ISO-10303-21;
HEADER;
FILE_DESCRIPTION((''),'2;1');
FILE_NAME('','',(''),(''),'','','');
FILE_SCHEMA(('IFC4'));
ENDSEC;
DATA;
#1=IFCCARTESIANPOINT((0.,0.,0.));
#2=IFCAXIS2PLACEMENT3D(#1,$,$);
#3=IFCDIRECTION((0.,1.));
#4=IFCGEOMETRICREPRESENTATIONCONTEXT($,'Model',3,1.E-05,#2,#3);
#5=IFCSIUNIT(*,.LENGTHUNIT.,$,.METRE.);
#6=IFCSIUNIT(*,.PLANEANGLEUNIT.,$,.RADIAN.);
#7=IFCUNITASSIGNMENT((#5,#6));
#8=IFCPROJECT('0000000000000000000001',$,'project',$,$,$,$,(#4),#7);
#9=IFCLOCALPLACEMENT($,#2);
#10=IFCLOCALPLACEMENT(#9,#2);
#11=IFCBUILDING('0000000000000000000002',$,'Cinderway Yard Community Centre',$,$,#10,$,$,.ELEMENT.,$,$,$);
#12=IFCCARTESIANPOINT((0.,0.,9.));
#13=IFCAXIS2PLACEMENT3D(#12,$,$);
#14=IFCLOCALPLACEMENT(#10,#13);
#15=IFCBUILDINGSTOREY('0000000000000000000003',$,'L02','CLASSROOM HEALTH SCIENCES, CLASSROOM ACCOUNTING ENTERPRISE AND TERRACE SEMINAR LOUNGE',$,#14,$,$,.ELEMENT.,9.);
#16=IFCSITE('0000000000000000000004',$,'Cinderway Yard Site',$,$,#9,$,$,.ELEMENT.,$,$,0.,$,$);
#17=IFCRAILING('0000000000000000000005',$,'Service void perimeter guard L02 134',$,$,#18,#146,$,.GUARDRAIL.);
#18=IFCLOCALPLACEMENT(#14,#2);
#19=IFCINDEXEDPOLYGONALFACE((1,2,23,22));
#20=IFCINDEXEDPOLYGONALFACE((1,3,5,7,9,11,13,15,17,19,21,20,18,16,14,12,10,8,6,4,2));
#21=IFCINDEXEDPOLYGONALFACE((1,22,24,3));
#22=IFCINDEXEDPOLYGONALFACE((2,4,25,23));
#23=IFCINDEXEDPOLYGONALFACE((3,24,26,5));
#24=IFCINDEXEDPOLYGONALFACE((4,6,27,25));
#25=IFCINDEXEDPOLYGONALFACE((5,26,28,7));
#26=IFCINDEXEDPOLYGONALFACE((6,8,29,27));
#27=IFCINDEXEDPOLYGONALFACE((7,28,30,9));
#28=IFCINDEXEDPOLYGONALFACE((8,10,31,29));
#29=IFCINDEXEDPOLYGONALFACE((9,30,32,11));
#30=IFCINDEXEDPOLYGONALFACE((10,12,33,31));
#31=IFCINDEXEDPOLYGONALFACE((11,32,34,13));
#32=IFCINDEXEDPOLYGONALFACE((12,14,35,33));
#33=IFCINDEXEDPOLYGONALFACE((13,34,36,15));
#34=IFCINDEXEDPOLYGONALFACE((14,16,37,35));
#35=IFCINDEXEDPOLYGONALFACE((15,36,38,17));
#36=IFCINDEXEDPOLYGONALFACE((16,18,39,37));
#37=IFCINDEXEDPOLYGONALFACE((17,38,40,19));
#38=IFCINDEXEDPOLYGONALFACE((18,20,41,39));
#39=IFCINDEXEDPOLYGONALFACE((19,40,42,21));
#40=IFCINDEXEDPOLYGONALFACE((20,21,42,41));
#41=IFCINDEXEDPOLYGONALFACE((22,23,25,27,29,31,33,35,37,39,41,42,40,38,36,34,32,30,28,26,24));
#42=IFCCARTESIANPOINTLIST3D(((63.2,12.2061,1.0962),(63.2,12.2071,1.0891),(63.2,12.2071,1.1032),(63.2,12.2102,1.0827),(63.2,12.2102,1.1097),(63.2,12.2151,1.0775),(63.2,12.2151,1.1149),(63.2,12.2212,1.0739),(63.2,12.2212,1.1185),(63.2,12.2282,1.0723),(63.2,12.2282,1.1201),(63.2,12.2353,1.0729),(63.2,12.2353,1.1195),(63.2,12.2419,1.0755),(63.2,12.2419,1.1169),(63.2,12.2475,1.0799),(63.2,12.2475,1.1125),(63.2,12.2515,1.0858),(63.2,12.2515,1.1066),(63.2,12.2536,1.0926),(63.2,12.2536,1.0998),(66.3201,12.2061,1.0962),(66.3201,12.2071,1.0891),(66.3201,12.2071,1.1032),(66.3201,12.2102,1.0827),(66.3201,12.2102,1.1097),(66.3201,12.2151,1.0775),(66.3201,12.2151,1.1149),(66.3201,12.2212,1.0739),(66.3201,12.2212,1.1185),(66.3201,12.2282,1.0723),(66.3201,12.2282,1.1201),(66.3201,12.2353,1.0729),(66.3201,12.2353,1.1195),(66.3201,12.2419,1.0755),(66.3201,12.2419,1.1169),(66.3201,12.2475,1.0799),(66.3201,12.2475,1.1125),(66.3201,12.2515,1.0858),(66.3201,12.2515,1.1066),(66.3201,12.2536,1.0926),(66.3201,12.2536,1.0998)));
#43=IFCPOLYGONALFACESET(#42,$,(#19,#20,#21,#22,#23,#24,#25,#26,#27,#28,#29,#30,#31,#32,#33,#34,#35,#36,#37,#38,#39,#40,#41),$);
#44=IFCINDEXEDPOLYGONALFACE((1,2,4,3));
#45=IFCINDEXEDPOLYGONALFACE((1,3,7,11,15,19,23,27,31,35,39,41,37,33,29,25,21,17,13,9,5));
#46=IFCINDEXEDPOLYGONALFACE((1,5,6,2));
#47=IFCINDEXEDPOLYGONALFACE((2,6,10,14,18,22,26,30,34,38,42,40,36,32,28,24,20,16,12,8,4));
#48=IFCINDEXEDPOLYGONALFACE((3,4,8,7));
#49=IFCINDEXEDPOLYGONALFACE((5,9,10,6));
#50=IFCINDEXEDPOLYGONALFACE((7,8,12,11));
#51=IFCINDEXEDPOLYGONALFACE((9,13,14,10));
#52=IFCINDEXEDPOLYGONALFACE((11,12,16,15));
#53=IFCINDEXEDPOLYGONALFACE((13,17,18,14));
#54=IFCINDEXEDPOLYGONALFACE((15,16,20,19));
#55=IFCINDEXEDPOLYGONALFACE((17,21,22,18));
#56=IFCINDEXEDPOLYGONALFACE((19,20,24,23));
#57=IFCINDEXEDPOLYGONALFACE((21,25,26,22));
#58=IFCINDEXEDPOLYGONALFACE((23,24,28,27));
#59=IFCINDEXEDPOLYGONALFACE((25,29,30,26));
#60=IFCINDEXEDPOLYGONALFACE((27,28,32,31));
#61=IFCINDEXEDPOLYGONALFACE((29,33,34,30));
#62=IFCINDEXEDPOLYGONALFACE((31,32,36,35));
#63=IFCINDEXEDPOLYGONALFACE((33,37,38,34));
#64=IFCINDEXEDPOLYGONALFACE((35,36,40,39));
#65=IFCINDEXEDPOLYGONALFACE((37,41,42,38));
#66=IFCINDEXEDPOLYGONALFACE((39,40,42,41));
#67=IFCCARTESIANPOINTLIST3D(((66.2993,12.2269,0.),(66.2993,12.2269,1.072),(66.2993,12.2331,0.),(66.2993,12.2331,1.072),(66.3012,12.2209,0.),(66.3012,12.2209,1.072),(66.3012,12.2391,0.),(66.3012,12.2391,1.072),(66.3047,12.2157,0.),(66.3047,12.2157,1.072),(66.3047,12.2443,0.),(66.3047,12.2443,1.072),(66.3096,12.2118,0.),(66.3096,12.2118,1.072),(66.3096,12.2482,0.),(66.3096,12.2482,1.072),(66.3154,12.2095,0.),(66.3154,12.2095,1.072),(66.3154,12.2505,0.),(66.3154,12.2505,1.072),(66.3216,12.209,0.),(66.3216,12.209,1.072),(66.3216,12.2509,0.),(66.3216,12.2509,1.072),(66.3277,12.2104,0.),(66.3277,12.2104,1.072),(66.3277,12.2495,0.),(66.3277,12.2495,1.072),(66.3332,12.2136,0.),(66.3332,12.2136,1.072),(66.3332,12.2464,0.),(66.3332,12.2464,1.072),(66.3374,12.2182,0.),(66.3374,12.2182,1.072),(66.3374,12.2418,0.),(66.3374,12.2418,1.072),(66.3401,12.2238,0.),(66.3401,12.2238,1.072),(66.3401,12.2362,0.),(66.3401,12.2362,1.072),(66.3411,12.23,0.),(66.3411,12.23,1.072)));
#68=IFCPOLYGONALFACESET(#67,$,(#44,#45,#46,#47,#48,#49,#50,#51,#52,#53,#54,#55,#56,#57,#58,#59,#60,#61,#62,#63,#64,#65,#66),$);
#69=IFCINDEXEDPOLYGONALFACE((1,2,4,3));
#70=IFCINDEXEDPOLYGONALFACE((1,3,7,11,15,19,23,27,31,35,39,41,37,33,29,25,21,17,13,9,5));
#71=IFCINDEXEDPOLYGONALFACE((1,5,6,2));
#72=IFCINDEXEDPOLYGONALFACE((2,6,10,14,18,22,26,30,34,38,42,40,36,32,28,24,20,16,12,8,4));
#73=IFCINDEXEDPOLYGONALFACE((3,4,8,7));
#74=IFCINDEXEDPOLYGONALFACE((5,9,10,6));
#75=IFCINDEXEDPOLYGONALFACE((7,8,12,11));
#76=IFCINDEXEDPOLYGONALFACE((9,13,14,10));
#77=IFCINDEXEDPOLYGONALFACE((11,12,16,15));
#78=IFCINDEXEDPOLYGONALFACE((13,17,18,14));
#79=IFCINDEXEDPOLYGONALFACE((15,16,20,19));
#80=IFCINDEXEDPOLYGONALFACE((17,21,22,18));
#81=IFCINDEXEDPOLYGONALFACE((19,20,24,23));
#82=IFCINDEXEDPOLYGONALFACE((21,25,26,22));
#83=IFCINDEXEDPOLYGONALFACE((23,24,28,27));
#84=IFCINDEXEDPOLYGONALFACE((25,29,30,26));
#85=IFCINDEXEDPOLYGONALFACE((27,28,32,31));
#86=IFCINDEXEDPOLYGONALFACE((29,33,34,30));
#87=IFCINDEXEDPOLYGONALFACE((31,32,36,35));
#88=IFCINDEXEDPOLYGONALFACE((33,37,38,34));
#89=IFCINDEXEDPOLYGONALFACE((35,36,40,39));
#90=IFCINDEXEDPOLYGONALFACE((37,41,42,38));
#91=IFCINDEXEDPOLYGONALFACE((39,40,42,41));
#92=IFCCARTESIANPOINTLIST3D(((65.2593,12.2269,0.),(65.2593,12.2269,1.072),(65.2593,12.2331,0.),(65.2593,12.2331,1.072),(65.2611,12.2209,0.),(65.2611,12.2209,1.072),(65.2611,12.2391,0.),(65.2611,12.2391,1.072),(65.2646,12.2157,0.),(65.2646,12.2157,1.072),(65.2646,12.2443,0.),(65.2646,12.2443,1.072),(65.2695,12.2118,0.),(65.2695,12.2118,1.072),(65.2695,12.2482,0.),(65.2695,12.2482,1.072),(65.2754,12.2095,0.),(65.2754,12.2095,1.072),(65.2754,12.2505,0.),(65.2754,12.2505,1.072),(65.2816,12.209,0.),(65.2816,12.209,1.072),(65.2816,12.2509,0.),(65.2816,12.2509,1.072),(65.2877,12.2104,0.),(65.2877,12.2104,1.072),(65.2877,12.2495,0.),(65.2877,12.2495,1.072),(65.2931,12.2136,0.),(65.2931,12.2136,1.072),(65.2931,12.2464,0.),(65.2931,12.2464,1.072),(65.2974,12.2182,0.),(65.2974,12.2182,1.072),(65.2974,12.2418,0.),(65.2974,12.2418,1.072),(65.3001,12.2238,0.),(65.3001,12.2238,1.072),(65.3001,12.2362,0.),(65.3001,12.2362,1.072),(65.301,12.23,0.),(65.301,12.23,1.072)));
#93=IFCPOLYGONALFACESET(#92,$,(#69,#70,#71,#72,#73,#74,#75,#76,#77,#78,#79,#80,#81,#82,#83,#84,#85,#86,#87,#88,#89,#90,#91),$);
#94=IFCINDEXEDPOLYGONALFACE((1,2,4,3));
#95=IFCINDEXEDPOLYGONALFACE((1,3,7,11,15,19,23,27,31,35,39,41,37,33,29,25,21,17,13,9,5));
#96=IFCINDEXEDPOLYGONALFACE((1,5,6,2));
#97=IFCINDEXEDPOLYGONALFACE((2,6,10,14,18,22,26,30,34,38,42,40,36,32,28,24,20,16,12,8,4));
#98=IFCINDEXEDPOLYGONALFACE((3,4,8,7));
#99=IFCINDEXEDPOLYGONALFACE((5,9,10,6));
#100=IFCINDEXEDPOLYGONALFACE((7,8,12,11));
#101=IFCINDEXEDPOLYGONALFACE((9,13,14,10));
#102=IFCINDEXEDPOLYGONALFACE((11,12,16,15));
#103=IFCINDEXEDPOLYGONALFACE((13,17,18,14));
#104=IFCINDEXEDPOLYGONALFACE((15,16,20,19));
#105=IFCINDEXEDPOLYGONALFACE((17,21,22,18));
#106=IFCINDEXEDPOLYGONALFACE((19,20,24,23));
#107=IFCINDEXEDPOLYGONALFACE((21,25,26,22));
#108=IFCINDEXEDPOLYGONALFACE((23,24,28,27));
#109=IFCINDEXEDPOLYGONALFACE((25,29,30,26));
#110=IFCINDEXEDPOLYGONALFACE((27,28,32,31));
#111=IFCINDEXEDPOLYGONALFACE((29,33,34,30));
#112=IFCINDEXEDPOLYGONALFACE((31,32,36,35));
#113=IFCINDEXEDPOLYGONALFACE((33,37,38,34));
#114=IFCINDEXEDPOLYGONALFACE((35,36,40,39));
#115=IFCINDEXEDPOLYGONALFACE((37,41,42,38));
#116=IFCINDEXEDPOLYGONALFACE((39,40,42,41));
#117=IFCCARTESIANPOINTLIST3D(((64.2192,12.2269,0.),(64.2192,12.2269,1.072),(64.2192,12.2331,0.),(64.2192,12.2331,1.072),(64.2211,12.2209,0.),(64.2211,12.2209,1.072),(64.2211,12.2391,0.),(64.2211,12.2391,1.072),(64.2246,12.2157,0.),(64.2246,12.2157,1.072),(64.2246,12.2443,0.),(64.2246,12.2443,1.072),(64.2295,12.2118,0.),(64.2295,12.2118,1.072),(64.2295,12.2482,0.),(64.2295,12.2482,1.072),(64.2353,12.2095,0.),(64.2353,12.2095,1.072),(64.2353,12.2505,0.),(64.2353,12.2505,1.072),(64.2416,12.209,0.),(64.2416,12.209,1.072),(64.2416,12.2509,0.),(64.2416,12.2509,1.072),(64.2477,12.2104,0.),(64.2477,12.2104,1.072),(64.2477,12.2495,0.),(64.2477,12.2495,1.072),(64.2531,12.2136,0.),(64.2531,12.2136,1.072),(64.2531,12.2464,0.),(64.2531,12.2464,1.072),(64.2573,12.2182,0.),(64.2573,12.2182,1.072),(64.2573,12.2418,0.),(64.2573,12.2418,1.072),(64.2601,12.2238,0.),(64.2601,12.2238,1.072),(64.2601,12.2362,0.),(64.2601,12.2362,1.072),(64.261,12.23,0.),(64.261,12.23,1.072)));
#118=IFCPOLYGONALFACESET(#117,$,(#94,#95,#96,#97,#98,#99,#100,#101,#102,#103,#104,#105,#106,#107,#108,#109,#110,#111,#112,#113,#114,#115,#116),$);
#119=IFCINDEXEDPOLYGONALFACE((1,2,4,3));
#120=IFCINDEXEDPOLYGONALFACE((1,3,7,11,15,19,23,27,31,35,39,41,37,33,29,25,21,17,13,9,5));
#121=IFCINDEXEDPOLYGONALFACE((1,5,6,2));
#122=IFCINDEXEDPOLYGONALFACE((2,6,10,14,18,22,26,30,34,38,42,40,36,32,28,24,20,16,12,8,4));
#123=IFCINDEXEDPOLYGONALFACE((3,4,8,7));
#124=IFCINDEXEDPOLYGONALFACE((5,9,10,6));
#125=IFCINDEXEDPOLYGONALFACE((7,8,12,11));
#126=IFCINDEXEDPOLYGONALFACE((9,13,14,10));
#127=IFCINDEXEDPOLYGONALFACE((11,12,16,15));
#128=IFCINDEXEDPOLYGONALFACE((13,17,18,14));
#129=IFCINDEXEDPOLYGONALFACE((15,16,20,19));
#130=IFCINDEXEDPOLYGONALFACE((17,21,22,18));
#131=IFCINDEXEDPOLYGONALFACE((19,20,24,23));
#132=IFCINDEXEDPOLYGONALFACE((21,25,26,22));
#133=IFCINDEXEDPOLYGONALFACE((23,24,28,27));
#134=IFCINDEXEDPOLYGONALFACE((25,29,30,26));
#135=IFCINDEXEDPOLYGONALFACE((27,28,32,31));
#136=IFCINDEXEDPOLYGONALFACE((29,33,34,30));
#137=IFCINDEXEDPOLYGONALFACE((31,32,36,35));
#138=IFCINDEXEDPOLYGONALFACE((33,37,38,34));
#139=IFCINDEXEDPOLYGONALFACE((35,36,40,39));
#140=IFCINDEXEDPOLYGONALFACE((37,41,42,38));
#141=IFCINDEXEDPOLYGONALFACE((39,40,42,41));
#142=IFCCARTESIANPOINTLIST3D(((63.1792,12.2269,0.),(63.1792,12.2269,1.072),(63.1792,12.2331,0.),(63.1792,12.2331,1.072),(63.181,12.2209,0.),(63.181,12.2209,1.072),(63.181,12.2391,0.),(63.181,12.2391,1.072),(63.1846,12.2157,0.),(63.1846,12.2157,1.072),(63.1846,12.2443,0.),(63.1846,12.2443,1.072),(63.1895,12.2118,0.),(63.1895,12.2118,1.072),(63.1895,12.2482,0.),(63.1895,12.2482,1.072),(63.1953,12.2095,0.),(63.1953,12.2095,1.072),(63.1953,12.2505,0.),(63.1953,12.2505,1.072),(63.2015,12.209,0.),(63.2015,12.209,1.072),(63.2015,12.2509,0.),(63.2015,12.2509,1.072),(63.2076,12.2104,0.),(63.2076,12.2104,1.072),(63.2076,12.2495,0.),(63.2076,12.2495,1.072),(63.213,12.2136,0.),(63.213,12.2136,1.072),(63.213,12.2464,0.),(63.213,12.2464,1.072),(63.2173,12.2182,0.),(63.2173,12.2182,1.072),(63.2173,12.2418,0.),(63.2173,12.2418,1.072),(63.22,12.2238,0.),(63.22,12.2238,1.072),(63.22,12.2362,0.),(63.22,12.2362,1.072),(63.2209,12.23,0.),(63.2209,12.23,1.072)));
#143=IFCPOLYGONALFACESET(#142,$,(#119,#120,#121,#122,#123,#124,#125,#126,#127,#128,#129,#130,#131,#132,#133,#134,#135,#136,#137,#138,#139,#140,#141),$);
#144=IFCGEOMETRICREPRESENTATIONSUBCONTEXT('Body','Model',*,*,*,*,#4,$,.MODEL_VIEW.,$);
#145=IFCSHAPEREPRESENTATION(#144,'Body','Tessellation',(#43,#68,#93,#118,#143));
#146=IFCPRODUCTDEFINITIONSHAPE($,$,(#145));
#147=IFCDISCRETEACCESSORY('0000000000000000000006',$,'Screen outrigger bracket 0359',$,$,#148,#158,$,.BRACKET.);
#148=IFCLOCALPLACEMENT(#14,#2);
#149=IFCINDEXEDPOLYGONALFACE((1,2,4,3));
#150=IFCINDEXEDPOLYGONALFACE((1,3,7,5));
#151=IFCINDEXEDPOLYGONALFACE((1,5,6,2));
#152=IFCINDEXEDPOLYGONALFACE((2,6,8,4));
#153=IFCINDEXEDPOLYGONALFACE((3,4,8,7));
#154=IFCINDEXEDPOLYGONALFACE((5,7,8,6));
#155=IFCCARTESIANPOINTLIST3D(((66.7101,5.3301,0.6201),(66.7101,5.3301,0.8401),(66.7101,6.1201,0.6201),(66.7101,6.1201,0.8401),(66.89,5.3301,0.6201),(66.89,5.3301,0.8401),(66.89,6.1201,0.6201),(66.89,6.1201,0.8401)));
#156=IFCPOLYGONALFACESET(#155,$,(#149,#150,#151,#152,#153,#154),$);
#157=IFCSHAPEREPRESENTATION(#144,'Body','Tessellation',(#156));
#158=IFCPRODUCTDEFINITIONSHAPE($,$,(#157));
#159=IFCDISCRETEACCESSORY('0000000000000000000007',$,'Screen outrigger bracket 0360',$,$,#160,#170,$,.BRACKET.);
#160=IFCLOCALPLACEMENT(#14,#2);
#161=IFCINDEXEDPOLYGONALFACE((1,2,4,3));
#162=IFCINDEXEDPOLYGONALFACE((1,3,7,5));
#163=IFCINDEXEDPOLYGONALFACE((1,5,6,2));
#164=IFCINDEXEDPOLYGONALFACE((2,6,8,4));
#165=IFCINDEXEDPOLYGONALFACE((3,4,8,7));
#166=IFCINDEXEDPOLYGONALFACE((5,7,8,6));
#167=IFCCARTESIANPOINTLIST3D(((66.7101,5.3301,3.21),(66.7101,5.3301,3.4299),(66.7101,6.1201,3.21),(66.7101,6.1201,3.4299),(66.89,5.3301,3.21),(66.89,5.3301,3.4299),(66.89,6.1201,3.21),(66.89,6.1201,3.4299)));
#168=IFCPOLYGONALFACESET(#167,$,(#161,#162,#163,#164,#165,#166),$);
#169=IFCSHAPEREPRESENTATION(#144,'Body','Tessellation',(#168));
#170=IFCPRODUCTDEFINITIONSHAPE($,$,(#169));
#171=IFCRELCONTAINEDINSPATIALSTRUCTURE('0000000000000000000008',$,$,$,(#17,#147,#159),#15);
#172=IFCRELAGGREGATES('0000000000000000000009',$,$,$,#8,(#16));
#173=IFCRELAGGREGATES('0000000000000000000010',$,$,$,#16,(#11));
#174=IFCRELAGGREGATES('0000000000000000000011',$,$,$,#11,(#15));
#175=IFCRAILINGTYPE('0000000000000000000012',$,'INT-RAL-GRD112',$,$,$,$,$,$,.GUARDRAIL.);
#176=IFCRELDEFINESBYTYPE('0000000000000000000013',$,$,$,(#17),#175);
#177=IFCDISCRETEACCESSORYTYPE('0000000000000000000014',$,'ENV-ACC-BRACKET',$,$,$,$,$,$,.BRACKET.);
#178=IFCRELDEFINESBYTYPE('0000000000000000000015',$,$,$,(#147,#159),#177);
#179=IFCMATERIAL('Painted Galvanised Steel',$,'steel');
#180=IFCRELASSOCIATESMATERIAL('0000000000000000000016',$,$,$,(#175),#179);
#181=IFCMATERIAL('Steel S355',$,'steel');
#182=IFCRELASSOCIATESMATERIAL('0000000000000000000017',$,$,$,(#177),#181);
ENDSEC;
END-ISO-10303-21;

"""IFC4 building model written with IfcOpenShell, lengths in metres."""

from ifc_helpers import new_model, si_unit, direction, frame, origin, origin_2d, place, context, subcontext, project, spatial, rectangle, circle, extrude, material, type_object, element, save


model = new_model("IFC4")

# Units and contexts
model_context = context("Model", 3, precision=1e-05, world=origin(), true_north=direction((0.0, 1.0)))
body_context = subcontext(model_context, "Body", "Model", "MODEL_VIEW")
ifc_project = project(units=[si_unit("LENGTHUNIT", "METRE"), si_unit("PLANEANGLEUNIT", "RADIAN")], contexts=[model_context])

# Site, building, storey
site_placement = place(None, origin())
site = spatial("IfcSite", under=ifc_project, at=site_placement, Name="Cinderway Yard Site", CompositionType="ELEMENT", RefElevation=0.0)
building_placement = place(site_placement, origin())
building = spatial("IfcBuilding", under=site, at=building_placement, Name="Cinderway Yard Community Centre", CompositionType="ELEMENT")
storey_placement = place(building_placement, frame((0.0, 0.0, 9.0)))
storey = spatial("IfcBuildingStorey", under=building, at=storey_placement, Name="L02", Description="CLASSROOM HEALTH SCIENCES, CLASSROOM ACCOUNTING ENTERPRISE AND TERRACE SEMINAR LOUNGE", CompositionType="ELEMENT", Elevation=9.0)

# Shared definitions
ifc_material_1 = material(Name="Steel S355", Category="steel")

# Railing
ifc_material_2 = material(Name="Painted Galvanised Steel", Category="steel")
railing_type = type_object("IfcRailingType", Name="INT-RAL-GRD112", PredefinedType="GUARDRAIL", material=ifc_material_2)
railing_1_placement = place(storey_placement, frame((66.3201, 12.23, 0.0)))
element("IfcRailing", 1, at=railing_1_placement, inside=storey, type_object=railing_type, Name="Service void perimeter guard L02 134", PredefinedType="GUARDRAIL", context=body_context, shape_type="SweptSolid", body=[
    extrude(circle(Radius=0.0239, at=origin_2d()), frame((0.0, 0.0, 1.0962), z_axis=(-1.0, 0.0, 0.0), x_axis=(0.0, -1.0, 0.0)), (0.0, 0.0, 1.0), 3.1201),
    extrude(circle(Radius=0.021, at=origin_2d()), origin(), (0.0, 0.0, 1.0), 1.072),
    extrude(circle(Radius=0.021, at=origin_2d()), frame((-1.04, 0.0, 0.0)), (0.0, 0.0, 1.0), 1.072),
    extrude(circle(Radius=0.021, at=origin_2d()), frame((-2.0801, 0.0, 0.0)), (0.0, 0.0, 1.0), 1.072),
    extrude(circle(Radius=0.021, at=origin_2d()), frame((-3.1201, 0.0, 0.0)), (0.0, 0.0, 1.0), 1.072),
])

# Discrete accessories
discrete_accessory_type = type_object("IfcDiscreteAccessoryType", Name="ENV-ACC-BRACKET", PredefinedType="BRACKET", material=ifc_material_1)
for number, where, z_axis, x_axis, name in (
    (2, (66.8, 5.7251, 0.6201), (0.0, 0.0, 1.0), (0.0, -1.0, 0.0), "Screen outrigger bracket 0359"),
    (3, (66.8, 5.7251, 3.21), (0.0, 0.0, 1.0), (0.0, -1.0, 0.0), "Screen outrigger bracket 0360"),
):
    element("IfcDiscreteAccessory", number, at=place(storey_placement, frame(where, z_axis=z_axis, x_axis=x_axis)), inside=storey, type_object=discrete_accessory_type, Name=name, PredefinedType="BRACKET", context=body_context, shape_type="SweptSolid", body=[
        extrude(rectangle(XDim=0.79, YDim=0.1799, at=origin_2d()), origin(), (0.0, 0.0, 1.0), 0.22),
    ])

save(model, "model.ifc")
